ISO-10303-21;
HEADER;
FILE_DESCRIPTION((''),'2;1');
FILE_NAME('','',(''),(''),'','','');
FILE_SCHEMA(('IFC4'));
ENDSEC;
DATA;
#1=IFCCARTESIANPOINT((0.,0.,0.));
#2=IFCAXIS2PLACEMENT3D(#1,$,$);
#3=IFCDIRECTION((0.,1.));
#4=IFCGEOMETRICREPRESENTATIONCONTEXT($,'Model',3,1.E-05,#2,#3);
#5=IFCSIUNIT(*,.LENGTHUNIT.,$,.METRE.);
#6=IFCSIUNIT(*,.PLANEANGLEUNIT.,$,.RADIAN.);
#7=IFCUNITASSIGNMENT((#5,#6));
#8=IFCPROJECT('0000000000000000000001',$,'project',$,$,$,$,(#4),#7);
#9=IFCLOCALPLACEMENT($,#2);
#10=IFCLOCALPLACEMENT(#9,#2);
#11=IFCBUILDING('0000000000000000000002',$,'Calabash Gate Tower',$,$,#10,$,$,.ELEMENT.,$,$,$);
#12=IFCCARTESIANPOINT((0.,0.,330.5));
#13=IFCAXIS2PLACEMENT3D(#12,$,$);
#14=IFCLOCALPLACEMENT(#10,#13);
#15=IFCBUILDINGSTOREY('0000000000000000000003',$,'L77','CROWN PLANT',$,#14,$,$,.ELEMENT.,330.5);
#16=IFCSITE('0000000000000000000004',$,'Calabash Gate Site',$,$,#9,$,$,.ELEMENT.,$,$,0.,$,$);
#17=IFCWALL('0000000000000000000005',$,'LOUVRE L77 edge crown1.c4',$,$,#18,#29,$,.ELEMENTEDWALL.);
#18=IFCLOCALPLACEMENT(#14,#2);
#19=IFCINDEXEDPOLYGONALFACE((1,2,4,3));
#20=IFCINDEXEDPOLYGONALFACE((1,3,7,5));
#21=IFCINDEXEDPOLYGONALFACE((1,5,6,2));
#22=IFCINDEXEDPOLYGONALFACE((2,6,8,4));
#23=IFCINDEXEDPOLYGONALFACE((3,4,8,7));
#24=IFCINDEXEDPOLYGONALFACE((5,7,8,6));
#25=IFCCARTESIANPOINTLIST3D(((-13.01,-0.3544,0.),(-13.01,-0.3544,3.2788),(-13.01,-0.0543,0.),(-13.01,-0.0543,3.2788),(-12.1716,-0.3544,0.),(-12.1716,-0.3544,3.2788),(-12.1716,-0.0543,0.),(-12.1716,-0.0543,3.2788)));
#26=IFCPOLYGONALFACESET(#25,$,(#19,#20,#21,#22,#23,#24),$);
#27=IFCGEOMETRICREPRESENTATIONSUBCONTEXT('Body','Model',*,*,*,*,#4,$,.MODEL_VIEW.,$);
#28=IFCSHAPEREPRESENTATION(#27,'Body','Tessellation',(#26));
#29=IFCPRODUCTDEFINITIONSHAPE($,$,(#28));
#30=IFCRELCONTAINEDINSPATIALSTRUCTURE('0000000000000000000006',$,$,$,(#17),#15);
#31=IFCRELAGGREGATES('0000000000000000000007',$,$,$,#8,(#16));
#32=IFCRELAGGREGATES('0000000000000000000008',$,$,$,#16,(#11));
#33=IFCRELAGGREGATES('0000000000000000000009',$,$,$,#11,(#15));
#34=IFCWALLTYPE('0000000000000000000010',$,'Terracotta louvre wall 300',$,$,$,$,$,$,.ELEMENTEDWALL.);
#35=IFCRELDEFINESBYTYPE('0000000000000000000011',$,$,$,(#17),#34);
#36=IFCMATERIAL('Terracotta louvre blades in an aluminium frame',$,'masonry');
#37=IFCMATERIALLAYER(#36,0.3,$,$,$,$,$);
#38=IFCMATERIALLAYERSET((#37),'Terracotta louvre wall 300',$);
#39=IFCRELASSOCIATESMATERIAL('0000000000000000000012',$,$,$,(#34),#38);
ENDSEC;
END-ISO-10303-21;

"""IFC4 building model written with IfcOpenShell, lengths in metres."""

from ifc_helpers import new_model, si_unit, direction, frame, frame_2d, origin, place, context, subcontext, project, spatial, rectangle, extrude, material, layer, layer_set, type_object, element, save


model = new_model("IFC4")

# Units and contexts
model_context = context("Model", 3, precision=1e-05, world=origin(), true_north=direction((0.0, 1.0)))
body_context = subcontext(model_context, "Body", "Model", "MODEL_VIEW")
ifc_project = project(units=[si_unit("LENGTHUNIT", "METRE"), si_unit("PLANEANGLEUNIT", "RADIAN")], contexts=[model_context])

# Site, building, storey
site_placement = place(None, origin())
site = spatial("IfcSite", under=ifc_project, at=site_placement, Name="Calabash Gate Site", CompositionType="ELEMENT", RefElevation=0.0)
building_placement = place(site_placement, origin())
building = spatial("IfcBuilding", under=site, at=building_placement, Name="Calabash Gate Tower", CompositionType="ELEMENT")
storey_placement = place(building_placement, frame((0.0, 0.0, 330.5)))
storey = spatial("IfcBuildingStorey", under=building, at=storey_placement, Name="L77", Description="CROWN PLANT", CompositionType="ELEMENT", Elevation=330.5)

# Wall
ifc_material_1 = material(Name="Terracotta louvre blades in an aluminium frame", Category="masonry")
ifc_layer_1 = layer(ifc_material_1, 0.3)
ifc_layer_set_1 = layer_set([ifc_layer_1], Name="Terracotta louvre wall 300")
wall_type_1 = type_object("IfcWallType", Name="Terracotta louvre wall 300", PredefinedType="ELEMENTEDWALL", material=ifc_layer_set_1)
wall_1_placement = place(storey_placement, frame((-13.01, -0.2043, 0.0), z_axis=(0.0, 0.0, 1.0), x_axis=(1.0, 0.0, 0.0)))
element("IfcWall", 1, at=wall_1_placement, inside=storey, type_object=wall_type_1, Name="LOUVRE L77 edge crown1.c4", PredefinedType="ELEMENTEDWALL", context=body_context, shape_type="SweptSolid", body=[
    extrude(rectangle(XDim=0.8384, YDim=0.3, at=frame_2d((0.4192, 0.0))), origin(), (0.0, 0.0, 1.0), 3.2788),
])

save(model, "model.ifc")
